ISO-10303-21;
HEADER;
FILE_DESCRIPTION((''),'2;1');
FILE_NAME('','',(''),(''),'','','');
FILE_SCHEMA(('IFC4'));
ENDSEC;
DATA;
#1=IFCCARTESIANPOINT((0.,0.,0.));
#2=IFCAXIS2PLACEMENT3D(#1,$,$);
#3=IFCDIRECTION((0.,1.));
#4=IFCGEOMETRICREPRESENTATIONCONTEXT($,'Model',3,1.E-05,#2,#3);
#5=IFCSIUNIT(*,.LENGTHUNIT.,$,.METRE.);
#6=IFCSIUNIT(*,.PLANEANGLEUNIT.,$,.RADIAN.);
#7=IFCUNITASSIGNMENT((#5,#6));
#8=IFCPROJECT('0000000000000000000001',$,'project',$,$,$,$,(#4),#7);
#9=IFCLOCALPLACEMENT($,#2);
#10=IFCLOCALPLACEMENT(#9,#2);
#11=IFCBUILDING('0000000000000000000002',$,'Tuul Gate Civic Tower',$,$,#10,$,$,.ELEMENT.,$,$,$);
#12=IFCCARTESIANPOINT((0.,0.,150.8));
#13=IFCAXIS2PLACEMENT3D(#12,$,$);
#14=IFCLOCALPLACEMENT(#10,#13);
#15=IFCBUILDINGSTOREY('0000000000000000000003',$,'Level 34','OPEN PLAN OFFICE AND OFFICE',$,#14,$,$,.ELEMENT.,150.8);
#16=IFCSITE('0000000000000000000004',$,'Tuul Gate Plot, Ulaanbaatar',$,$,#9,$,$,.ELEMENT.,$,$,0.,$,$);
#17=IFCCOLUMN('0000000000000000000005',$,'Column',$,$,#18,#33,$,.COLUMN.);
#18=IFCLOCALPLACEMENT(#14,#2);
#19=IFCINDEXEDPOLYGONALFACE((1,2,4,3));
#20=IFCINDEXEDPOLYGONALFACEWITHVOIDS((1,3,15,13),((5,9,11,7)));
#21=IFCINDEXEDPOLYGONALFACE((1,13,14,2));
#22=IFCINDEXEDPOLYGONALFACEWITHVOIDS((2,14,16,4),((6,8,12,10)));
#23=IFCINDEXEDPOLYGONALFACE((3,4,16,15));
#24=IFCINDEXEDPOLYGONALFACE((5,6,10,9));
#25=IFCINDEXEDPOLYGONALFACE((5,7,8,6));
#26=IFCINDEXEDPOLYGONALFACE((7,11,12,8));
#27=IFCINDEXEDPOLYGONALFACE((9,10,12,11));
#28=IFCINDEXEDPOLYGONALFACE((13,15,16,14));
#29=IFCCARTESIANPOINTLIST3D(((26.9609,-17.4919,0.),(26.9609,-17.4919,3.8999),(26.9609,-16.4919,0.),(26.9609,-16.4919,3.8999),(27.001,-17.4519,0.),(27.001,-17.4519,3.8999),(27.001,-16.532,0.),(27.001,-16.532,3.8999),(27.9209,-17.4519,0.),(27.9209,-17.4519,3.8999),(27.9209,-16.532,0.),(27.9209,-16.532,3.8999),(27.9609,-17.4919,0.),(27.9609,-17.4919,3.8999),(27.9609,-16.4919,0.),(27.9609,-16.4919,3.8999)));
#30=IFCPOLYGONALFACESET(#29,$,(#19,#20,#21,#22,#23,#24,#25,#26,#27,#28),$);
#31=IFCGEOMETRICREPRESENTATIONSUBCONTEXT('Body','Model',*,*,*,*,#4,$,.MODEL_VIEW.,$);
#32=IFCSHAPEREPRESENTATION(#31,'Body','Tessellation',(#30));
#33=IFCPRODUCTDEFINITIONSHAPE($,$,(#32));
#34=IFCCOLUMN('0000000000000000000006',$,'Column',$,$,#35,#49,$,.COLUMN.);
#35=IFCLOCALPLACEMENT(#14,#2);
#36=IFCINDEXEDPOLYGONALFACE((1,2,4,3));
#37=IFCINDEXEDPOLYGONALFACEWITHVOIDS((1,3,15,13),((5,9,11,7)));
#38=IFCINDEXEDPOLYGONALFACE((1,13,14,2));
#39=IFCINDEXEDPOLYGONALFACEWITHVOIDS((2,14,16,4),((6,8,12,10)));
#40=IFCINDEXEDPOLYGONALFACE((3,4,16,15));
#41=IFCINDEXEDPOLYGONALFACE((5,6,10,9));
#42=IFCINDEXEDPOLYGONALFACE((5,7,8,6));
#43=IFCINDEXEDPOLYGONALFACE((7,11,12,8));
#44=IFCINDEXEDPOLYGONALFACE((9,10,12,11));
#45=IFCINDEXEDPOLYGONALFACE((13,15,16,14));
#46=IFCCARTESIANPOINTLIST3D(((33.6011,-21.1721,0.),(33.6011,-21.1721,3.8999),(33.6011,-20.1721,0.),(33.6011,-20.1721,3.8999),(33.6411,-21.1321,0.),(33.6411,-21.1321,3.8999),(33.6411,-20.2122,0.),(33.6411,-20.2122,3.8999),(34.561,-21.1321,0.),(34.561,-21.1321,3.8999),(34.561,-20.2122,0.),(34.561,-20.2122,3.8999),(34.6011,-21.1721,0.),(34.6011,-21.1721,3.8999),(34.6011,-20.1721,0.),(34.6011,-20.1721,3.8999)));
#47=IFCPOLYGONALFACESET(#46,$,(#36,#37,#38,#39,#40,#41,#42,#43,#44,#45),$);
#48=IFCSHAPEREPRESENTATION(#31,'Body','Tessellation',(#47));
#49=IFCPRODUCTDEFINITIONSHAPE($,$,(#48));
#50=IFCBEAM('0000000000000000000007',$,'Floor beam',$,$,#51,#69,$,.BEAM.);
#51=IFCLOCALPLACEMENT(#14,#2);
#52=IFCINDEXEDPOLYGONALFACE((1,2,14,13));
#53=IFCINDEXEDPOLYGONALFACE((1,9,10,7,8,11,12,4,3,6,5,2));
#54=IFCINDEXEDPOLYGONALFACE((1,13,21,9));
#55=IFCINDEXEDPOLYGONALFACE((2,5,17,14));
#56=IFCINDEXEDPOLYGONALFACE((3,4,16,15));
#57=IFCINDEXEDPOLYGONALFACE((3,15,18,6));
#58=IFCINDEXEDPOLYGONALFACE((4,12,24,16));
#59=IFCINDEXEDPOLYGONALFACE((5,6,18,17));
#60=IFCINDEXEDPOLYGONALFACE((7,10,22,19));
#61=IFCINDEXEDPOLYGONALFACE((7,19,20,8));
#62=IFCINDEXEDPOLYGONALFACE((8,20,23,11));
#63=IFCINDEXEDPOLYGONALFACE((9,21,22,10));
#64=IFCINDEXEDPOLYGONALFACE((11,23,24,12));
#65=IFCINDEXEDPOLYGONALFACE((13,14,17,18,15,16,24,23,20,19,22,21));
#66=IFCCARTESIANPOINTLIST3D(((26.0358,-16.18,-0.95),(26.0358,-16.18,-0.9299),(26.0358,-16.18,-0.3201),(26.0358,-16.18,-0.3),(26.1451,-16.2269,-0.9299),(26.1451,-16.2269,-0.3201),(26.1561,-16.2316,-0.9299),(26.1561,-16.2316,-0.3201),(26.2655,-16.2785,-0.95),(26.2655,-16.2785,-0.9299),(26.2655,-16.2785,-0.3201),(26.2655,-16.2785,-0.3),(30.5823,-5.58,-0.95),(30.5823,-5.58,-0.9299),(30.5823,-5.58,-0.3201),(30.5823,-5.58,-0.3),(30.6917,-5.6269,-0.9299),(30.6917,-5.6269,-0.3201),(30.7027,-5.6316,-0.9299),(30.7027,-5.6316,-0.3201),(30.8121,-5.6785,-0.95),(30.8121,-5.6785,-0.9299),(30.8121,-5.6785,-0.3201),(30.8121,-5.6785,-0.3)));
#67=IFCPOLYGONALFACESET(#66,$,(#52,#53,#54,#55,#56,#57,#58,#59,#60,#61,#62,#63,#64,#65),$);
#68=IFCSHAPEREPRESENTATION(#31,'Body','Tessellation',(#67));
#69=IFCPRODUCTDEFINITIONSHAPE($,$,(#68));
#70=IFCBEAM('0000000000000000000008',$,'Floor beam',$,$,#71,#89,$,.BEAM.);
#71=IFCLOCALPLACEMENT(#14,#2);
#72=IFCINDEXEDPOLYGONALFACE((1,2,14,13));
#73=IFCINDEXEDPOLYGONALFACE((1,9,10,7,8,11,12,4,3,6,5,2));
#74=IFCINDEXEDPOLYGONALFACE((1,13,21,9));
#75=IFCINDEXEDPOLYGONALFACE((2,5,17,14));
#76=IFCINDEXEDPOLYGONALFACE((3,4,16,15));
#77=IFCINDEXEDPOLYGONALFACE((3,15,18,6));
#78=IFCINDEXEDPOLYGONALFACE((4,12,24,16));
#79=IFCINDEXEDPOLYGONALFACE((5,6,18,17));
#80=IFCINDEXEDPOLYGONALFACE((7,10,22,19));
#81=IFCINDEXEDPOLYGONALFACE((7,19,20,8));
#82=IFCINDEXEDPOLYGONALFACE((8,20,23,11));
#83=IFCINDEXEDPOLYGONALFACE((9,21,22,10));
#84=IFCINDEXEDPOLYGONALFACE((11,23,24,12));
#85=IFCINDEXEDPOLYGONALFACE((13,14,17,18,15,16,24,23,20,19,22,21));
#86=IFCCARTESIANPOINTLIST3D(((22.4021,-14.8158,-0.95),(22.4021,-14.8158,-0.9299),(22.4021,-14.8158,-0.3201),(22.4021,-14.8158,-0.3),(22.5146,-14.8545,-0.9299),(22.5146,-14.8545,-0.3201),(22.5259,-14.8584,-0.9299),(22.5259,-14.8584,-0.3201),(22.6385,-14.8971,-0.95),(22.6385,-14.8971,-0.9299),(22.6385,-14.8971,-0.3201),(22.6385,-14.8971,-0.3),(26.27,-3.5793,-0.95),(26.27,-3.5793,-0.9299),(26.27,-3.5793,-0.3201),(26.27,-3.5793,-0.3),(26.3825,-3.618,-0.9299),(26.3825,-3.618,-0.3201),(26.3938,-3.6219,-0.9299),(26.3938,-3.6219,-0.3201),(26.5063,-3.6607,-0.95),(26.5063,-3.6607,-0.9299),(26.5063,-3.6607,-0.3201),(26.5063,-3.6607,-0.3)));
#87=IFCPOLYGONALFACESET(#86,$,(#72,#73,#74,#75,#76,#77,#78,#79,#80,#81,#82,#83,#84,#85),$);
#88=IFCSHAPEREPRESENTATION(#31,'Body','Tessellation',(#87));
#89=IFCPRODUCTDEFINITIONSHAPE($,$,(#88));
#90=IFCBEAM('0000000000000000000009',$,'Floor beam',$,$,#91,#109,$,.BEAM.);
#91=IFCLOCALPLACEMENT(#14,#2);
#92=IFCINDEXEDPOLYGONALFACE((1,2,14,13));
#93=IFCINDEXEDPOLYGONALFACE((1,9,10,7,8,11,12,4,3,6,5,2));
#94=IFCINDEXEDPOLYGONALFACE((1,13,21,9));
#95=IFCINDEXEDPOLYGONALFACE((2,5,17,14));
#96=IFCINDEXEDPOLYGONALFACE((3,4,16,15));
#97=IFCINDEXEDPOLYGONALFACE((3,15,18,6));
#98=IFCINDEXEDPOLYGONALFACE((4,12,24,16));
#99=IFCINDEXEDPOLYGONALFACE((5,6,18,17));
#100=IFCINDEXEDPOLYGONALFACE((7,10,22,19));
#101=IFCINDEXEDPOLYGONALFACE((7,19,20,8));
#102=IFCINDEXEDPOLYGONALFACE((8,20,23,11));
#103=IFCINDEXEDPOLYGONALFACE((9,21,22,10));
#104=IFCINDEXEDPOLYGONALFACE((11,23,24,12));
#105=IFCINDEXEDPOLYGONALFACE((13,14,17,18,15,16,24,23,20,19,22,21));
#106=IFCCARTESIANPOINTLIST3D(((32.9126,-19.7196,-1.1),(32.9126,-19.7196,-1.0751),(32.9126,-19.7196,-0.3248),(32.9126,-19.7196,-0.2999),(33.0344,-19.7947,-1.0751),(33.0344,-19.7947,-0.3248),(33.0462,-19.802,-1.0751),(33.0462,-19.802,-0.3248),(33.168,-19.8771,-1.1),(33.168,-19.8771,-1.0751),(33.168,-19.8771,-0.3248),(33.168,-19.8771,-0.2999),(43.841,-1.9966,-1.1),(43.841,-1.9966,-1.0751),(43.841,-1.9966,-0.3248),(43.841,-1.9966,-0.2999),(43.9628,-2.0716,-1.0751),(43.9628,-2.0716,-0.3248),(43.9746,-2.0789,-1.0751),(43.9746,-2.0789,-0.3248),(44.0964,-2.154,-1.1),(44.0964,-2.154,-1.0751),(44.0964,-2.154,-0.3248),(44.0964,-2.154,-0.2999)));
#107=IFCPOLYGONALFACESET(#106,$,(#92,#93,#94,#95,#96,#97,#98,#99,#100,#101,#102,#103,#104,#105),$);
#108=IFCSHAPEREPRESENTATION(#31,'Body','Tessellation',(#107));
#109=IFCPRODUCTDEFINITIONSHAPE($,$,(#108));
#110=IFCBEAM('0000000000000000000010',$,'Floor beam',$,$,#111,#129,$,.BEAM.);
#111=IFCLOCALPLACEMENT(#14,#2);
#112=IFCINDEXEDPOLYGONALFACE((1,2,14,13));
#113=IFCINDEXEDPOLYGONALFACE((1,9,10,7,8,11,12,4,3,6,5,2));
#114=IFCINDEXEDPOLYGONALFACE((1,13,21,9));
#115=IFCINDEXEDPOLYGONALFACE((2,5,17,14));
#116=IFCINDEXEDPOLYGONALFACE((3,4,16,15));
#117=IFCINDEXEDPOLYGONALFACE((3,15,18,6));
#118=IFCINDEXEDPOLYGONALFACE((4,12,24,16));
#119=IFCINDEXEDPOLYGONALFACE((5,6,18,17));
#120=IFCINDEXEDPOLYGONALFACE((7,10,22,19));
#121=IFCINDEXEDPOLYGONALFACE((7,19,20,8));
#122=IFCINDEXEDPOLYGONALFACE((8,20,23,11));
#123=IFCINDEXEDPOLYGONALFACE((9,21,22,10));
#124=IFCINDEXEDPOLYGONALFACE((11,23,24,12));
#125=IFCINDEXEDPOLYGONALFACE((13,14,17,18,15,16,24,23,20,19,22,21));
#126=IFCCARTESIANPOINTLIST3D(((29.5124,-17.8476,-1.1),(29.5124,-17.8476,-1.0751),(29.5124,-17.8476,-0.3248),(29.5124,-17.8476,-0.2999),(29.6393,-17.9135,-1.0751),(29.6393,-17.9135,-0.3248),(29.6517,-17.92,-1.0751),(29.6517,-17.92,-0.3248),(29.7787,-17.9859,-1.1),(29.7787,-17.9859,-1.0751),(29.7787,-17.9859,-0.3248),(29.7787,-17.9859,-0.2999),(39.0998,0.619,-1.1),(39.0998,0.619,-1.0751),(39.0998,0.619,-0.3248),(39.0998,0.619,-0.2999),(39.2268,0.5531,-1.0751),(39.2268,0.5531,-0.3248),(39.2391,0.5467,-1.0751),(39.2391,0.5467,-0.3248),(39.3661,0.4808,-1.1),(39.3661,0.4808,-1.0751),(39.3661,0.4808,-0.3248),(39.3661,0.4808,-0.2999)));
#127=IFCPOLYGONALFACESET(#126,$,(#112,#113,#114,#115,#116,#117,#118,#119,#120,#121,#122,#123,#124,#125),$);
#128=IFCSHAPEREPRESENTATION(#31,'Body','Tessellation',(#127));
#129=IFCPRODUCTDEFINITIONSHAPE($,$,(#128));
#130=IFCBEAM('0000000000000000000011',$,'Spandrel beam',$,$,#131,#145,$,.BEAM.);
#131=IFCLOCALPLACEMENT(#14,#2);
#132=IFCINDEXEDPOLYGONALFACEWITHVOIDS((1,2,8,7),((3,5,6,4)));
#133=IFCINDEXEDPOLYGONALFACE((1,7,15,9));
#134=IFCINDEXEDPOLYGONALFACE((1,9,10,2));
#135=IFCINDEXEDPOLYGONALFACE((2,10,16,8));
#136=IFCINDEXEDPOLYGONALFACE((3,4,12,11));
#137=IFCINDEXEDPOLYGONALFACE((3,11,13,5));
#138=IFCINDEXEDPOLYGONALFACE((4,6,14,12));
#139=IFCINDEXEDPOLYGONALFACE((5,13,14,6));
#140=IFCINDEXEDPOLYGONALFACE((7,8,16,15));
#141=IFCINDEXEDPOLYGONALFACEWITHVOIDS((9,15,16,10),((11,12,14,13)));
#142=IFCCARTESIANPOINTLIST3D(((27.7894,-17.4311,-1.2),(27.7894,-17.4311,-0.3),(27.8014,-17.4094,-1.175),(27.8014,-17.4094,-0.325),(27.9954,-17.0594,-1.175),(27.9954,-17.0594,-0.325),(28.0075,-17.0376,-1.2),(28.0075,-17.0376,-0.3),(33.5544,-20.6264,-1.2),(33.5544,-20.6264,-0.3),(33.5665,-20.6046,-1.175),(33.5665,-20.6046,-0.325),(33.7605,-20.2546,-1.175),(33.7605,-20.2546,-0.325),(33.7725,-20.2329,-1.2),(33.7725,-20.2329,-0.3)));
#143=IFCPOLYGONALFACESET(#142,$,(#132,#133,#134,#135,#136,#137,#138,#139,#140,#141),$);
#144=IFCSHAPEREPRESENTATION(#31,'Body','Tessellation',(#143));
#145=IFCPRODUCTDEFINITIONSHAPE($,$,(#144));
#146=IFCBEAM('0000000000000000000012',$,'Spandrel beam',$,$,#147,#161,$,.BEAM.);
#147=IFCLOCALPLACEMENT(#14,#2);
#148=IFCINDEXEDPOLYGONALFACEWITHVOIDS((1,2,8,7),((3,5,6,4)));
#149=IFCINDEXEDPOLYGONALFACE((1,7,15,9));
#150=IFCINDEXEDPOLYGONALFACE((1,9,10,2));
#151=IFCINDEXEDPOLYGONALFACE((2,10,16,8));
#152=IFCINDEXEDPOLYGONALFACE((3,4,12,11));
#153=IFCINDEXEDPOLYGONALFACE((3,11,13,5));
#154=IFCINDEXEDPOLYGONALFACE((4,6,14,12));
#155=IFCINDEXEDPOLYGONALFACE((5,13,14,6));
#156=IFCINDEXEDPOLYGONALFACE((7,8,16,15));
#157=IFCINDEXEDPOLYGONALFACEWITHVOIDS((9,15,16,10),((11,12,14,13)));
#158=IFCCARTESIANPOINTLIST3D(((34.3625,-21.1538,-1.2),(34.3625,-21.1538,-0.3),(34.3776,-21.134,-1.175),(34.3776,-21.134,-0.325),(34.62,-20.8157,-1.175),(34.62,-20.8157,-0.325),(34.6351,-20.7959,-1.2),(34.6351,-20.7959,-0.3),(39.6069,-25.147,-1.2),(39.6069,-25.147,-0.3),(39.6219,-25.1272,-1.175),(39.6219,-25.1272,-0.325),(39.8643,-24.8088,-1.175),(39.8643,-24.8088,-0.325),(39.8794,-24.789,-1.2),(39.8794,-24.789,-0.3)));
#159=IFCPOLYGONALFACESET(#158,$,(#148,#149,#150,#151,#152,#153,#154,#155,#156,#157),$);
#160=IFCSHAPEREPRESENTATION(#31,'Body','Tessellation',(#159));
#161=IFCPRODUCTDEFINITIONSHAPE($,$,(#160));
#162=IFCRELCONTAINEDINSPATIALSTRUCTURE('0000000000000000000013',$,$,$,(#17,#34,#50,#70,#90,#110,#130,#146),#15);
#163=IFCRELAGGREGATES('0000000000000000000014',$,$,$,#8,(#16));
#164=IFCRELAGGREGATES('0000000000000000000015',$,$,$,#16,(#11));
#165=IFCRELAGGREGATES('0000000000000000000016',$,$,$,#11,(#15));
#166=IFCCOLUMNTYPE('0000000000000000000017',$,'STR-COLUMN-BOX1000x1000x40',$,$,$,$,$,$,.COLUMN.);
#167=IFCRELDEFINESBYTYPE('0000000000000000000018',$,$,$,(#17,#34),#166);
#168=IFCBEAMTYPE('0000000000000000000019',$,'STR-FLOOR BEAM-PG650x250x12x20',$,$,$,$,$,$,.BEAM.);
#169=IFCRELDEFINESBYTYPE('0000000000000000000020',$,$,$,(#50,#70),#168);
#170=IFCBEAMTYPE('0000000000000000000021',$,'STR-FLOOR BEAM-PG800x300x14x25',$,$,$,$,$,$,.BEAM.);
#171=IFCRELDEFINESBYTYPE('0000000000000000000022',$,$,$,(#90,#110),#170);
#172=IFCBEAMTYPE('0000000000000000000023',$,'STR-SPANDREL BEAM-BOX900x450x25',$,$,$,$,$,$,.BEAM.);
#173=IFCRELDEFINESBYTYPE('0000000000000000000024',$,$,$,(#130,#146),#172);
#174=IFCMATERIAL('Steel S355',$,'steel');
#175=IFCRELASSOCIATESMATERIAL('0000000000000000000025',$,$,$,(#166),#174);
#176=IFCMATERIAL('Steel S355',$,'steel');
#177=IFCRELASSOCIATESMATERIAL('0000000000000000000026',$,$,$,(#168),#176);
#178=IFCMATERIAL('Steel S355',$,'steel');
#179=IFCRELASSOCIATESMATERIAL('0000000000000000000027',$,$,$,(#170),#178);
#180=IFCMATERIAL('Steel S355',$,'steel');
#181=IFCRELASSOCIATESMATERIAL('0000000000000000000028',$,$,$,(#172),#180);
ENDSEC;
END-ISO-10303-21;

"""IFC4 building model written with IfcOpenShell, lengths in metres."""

from ifc_helpers import new_model, si_unit, direction, frame, origin, origin_2d, place, context, subcontext, project, spatial, hollow_rectangle, i_section, extrude, material, material_profile, profile_set, type_object, element, save


model = new_model("IFC4")

# Units and contexts
model_context = context("Model", 3, precision=1e-05, world=origin(), true_north=direction((0.0, 1.0)))
body_context = subcontext(model_context, "Body", "Model", "MODEL_VIEW")
ifc_project = project(units=[si_unit("LENGTHUNIT", "METRE"), si_unit("PLANEANGLEUNIT", "RADIAN")], contexts=[model_context])

# Site, building, storey
site_placement = place(None, origin())
site = spatial("IfcSite", under=ifc_project, at=site_placement, Name="Tuul Gate Plot, Ulaanbaatar", CompositionType="ELEMENT", RefElevation=0.0)
building_placement = place(site_placement, origin())
building = spatial("IfcBuilding", under=site, at=building_placement, Name="Tuul Gate Civic Tower", CompositionType="ELEMENT")
storey_placement = place(building_placement, frame((0.0, 0.0, 150.8)))
storey = spatial("IfcBuildingStorey", under=building, at=storey_placement, Name="Level 34", Description="OPEN PLAN OFFICE AND OFFICE", CompositionType="ELEMENT", Elevation=150.8)

# Columns
ifc_material_1 = material(Name="Steel S355", Category="steel")
ifc_material_profile_1 = material_profile(ifc_material_1, hollow_rectangle(XDim=1.0, YDim=1.0, WallThickness=0.04, at=origin_2d()), Name="BOX1000x1000x40")
ifc_profile_set_1 = profile_set([ifc_material_profile_1], Name="Steel S355")
column_type = type_object("IfcColumnType", Name="STR-COLUMN-BOX1000x1000x40", PredefinedType="COLUMN", material=ifc_profile_set_1)
for number, where, z_axis, x_axis, name in (
    (1, (27.4609, -16.9919, 0.0), (0.0, 0.0, 1.0), (1.0, 0.0, 0.0), "Column"),
    (2, (34.1011, -20.6721, 0.0), (0.0, 0.0, 1.0), (1.0, 0.0, 0.0), "Column"),
):
    element("IfcColumn", number, at=place(storey_placement, frame(where, z_axis=z_axis, x_axis=x_axis)), inside=storey, type_object=column_type, Name=name, PredefinedType="COLUMN", context=body_context, shape_type="SweptSolid", body=[
        extrude(hollow_rectangle(XDim=1.0, YDim=1.0, WallThickness=0.04, at=origin_2d()), origin(), (0.0, 0.0, 1.0), 3.8999),
    ])

# Beams
ifc_material_2 = material(Name="Steel S355", Category="steel")
ifc_material_profile_2 = material_profile(ifc_material_2, i_section(OverallWidth=0.25, OverallDepth=0.6499, WebThickness=0.012, FlangeThickness=0.02, at=origin_2d()), Name="PG650x250x12x20")
ifc_profile_set_2 = profile_set([ifc_material_profile_2], Name="Steel S355")
beam_type_1 = type_object("IfcBeamType", Name="STR-FLOOR BEAM-PG650x250x12x20", PredefinedType="BEAM", material=ifc_profile_set_2)
beam_1_placement = place(storey_placement, frame((26.1506, -16.2292, -0.625), z_axis=(0.394193, 0.919028, 0.0), x_axis=(-0.919028, 0.394193, 0.0)))
element("IfcBeam", 3, at=beam_1_placement, inside=storey, type_object=beam_type_1, Name="Floor beam", PredefinedType="BEAM", context=body_context, shape_type="SweptSolid", body=[
    extrude(i_section(OverallWidth=0.25, OverallDepth=0.6499, WebThickness=0.012, FlangeThickness=0.02, at=origin_2d()), origin(), (0.0, 0.0, 1.0), 11.5339),
])
beam_2_placement = place(storey_placement, frame((22.5203, -14.8564, -0.625), z_axis=(0.325482, 0.945548, 0.0), x_axis=(-0.945548, 0.325482, 0.0)))
element("IfcBeam", 4, at=beam_2_placement, inside=storey, type_object=beam_type_1, Name="Floor beam", PredefinedType="BEAM", context=body_context, shape_type="SweptSolid", body=[
    extrude(i_section(OverallWidth=0.25, OverallDepth=0.6499, WebThickness=0.012, FlangeThickness=0.02, at=origin_2d()), origin(), (0.0, 0.0, 1.0), 11.8835),
])
ifc_material_3 = material(Name="Steel S355", Category="steel")
ifc_material_profile_3 = material_profile(ifc_material_3, i_section(OverallWidth=0.3, OverallDepth=0.8, WebThickness=0.0139, FlangeThickness=0.0249, at=origin_2d()), Name="PG800x300x14x25")
ifc_profile_set_3 = profile_set([ifc_material_profile_3], Name="Steel S355")
beam_type_2 = type_object("IfcBeamType", Name="STR-FLOOR BEAM-PG800x300x14x25", PredefinedType="BEAM", material=ifc_profile_set_3)
beam_3_placement = place(storey_placement, frame((33.0403, -19.7983, -0.7), z_axis=(0.524861, 0.851188, 0.0), x_axis=(-0.851188, 0.524861, 0.0)))
element("IfcBeam", 5, at=beam_3_placement, inside=storey, type_object=beam_type_2, Name="Floor beam", PredefinedType="BEAM", context=body_context, shape_type="SweptSolid", body=[
    extrude(i_section(OverallWidth=0.3, OverallDepth=0.8, WebThickness=0.0139, FlangeThickness=0.0249, at=origin_2d()), origin(), (0.0, 0.0, 1.0), 20.8215),
])
beam_4_placement = place(storey_placement, frame((29.6455, -17.9167, -0.7), z_axis=(0.460777, 0.887516, 0.0), x_axis=(-0.887516, 0.460777, 0.0)))
element("IfcBeam", 6, at=beam_4_placement, inside=storey, type_object=beam_type_2, Name="Floor beam", PredefinedType="BEAM", context=body_context, shape_type="SweptSolid", body=[
    extrude(i_section(OverallWidth=0.3, OverallDepth=0.8, WebThickness=0.0139, FlangeThickness=0.0249, at=origin_2d()), origin(), (0.0, 0.0, 1.0), 20.8071),
])
ifc_material_4 = material(Name="Steel S355", Category="steel")
ifc_material_profile_4 = material_profile(ifc_material_4, hollow_rectangle(XDim=0.45, YDim=0.8999, WallThickness=0.0249, at=origin_2d()), Name="BOX900x450x25")
ifc_profile_set_4 = profile_set([ifc_material_profile_4], Name="Steel S355")
beam_type_3 = type_object("IfcBeamType", Name="STR-SPANDREL BEAM-BOX900x450x25", PredefinedType="BEAM", material=ifc_profile_set_4)
beam_5_placement = place(storey_placement, frame((27.8984, -17.2344, -0.75), z_axis=(0.874643, -0.484768, 0.0), x_axis=(0.484768, 0.874643, 0.0)))
element("IfcBeam", 7, at=beam_5_placement, inside=storey, type_object=beam_type_3, Name="Spandrel beam", PredefinedType="BEAM", context=body_context, shape_type="SweptSolid", body=[
    extrude(hollow_rectangle(XDim=0.45, YDim=0.8999, WallThickness=0.0249, at=origin_2d()), origin(), (0.0, 0.0, 1.0), 6.5913),
])
beam_6_placement = place(storey_placement, frame((34.4988, -20.9749, -0.75), z_axis=(0.795619, -0.605798, 0.0), x_axis=(0.605798, 0.795619, 0.0)))
element("IfcBeam", 8, at=beam_6_placement, inside=storey, type_object=beam_type_3, Name="Spandrel beam", PredefinedType="BEAM", context=body_context, shape_type="SweptSolid", body=[
    extrude(hollow_rectangle(XDim=0.45, YDim=0.8999, WallThickness=0.0249, at=origin_2d()), origin(), (0.0, 0.0, 1.0), 6.5916),
])

save(model, "model.ifc")
